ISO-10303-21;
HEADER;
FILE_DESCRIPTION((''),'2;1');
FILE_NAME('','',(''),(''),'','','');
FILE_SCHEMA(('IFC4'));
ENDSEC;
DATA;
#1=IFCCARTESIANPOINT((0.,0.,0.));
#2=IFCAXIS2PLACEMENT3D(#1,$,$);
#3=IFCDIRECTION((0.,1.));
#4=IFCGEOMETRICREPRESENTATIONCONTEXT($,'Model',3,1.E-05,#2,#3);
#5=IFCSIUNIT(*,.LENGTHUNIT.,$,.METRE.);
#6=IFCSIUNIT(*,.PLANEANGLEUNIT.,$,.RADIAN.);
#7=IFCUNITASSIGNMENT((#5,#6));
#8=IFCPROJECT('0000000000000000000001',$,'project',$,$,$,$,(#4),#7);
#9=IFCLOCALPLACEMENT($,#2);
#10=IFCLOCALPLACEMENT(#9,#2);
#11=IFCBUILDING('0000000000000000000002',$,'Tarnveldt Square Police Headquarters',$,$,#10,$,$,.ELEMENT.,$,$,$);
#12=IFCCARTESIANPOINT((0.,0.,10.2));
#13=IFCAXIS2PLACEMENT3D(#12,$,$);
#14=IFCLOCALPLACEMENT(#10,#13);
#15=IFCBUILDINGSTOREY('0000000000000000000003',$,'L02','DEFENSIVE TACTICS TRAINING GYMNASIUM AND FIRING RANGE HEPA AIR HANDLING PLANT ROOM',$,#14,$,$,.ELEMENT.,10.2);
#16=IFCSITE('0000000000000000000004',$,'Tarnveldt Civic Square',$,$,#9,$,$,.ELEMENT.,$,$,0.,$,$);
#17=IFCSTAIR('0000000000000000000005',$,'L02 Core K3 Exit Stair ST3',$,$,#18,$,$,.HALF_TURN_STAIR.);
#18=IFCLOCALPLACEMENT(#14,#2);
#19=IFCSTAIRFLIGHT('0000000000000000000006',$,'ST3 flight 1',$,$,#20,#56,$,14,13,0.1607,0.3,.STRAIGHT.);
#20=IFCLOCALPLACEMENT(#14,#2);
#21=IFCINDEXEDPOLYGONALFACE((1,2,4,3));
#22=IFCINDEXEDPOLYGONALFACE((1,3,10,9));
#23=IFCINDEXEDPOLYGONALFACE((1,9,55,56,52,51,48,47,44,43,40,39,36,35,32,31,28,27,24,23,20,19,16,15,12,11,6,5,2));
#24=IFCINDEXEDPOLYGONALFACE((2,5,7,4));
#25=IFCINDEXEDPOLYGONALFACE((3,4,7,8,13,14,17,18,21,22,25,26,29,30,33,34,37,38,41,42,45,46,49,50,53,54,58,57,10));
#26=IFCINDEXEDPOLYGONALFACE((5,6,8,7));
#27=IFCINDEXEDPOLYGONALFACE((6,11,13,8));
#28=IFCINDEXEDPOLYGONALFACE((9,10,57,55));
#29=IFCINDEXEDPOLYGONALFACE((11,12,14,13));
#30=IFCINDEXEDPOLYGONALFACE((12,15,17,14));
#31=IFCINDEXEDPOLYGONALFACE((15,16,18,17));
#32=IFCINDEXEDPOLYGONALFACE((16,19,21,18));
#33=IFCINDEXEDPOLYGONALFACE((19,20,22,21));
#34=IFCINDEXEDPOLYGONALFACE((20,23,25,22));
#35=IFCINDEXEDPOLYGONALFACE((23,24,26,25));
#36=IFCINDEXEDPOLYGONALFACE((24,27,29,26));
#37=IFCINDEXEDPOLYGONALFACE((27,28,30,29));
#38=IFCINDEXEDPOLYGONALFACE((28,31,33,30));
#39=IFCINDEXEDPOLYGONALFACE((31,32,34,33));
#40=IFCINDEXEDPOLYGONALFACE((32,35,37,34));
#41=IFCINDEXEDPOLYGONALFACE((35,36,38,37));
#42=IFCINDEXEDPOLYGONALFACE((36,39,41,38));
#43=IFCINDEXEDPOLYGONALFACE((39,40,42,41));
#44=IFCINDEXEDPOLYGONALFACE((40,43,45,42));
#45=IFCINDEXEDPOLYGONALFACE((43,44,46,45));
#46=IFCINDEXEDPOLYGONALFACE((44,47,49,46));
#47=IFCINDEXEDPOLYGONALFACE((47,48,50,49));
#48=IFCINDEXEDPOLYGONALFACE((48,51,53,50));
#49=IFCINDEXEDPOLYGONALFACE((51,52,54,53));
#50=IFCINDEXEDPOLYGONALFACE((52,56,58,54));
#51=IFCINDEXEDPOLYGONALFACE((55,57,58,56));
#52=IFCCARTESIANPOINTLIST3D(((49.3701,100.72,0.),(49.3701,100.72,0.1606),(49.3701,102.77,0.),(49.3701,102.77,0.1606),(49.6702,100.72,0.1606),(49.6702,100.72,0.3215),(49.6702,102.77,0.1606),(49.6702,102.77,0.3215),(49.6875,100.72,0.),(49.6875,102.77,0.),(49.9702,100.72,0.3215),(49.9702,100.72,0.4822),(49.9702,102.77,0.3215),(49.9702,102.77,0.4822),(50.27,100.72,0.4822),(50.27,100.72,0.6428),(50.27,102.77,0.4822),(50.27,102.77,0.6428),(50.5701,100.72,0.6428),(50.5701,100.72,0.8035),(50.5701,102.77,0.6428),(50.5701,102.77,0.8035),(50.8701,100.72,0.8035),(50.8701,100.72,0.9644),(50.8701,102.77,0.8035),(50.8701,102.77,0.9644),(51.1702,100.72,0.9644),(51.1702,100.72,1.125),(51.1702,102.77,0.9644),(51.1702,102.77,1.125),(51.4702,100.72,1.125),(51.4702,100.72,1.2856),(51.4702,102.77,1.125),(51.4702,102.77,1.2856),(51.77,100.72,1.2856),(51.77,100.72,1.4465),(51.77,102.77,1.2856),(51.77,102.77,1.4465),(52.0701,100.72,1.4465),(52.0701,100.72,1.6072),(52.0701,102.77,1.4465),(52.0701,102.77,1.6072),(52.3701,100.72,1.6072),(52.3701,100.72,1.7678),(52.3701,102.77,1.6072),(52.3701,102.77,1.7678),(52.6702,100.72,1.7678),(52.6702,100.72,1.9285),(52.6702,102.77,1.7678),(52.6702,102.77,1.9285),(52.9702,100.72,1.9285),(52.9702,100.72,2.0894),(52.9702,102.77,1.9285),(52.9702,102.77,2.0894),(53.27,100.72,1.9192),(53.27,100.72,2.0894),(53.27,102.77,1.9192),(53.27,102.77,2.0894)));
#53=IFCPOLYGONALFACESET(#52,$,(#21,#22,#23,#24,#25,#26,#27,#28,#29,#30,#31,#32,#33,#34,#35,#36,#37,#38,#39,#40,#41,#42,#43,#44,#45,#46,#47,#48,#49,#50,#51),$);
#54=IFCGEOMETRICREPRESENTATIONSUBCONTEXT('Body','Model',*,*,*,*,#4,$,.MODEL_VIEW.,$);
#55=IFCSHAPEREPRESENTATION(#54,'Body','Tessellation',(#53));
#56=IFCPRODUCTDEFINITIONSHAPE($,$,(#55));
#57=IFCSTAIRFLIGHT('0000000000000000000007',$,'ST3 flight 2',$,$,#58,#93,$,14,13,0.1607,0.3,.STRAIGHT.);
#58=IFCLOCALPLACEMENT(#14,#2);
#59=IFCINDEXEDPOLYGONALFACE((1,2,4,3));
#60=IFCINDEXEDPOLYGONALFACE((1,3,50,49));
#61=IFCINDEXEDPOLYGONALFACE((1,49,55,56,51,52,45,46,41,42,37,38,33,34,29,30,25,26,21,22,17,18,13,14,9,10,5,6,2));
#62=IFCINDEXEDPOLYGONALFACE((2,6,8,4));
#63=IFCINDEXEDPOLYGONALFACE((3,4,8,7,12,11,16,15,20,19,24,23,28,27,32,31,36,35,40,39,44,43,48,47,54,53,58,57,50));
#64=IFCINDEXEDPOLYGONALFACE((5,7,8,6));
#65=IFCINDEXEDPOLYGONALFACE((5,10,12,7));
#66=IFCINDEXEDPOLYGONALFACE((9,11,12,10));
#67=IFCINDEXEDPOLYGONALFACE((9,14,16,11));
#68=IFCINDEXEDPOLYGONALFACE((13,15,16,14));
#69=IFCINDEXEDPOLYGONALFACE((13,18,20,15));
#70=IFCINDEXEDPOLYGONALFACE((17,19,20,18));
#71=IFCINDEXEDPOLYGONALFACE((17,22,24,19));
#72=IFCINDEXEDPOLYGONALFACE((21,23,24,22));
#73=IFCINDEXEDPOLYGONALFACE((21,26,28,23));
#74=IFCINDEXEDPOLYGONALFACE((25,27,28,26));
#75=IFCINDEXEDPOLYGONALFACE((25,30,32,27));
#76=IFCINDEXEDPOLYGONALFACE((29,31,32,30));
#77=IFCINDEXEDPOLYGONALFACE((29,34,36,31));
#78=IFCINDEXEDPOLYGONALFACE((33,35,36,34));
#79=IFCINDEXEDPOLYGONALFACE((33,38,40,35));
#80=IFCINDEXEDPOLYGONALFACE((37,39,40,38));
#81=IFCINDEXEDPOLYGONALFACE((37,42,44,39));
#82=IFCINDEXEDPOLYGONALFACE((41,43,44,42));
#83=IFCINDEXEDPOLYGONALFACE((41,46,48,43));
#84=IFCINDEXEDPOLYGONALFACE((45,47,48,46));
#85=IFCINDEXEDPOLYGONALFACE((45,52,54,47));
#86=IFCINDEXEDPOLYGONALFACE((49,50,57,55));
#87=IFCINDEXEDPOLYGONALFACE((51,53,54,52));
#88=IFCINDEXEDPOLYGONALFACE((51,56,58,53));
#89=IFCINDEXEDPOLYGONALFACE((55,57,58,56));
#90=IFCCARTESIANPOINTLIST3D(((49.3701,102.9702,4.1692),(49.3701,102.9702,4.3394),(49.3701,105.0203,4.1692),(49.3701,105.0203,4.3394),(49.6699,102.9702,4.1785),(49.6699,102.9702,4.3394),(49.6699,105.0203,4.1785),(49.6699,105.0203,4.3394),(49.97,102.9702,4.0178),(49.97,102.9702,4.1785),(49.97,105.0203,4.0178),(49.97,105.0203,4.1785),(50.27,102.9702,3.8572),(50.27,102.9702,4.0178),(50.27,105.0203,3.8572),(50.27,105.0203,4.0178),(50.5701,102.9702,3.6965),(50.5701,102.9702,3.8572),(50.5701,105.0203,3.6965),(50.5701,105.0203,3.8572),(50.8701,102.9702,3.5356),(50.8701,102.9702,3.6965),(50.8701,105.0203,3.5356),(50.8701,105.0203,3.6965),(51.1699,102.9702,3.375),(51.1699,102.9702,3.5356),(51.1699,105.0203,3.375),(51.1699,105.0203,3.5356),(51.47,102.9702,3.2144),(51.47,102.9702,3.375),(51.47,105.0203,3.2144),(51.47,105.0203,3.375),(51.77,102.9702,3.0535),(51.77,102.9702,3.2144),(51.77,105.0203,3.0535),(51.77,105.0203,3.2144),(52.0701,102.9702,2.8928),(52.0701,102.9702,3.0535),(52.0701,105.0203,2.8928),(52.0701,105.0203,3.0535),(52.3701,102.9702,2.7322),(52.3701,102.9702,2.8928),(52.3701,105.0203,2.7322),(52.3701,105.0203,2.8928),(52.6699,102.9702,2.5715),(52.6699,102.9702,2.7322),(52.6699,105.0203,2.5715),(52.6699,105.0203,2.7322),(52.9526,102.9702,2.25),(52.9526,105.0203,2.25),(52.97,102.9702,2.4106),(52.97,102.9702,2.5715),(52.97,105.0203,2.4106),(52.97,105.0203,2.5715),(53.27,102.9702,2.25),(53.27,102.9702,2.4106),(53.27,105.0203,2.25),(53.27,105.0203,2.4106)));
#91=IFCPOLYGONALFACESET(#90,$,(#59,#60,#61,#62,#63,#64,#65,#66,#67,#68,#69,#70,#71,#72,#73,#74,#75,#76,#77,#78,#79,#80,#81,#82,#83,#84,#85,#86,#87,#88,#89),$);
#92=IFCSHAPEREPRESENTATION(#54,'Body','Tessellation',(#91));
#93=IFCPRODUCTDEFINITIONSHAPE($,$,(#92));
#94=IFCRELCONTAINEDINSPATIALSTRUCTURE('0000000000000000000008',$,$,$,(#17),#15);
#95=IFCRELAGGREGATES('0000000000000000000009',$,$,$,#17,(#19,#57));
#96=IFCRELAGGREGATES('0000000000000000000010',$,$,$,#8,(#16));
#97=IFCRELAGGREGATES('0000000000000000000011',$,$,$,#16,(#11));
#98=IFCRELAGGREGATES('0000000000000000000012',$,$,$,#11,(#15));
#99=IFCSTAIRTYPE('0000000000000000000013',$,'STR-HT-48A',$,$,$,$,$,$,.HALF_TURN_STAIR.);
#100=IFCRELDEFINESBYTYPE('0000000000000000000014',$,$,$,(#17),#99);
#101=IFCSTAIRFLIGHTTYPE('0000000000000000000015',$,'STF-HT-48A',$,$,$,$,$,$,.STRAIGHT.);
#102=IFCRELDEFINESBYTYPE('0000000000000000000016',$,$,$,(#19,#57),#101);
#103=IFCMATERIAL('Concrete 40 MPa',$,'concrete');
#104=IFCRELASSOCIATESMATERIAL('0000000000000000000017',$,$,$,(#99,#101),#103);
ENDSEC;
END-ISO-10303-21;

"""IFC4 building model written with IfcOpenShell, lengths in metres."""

from ifc_helpers import new_model, si_unit, direction, frame, origin, place, context, subcontext, project, spatial, polyline, outline, extrude, material, type_object, element, aggregate, save


model = new_model("IFC4")

# Units and contexts
model_context = context("Model", 3, precision=1e-05, world=origin(), true_north=direction((0.0, 1.0)))
body_context = subcontext(model_context, "Body", "Model", "MODEL_VIEW")
ifc_project = project(units=[si_unit("LENGTHUNIT", "METRE"), si_unit("PLANEANGLEUNIT", "RADIAN")], contexts=[model_context])

# Site, building, storey
site_placement = place(None, origin())
site = spatial("IfcSite", under=ifc_project, at=site_placement, Name="Tarnveldt Civic Square", CompositionType="ELEMENT", RefElevation=0.0)
building_placement = place(site_placement, origin())
building = spatial("IfcBuilding", under=site, at=building_placement, Name="Tarnveldt Square Police Headquarters", CompositionType="ELEMENT")
storey_placement = place(building_placement, frame((0.0, 0.0, 10.2)))
storey = spatial("IfcBuildingStorey", under=building, at=storey_placement, Name="L02", Description="DEFENSIVE TACTICS TRAINING GYMNASIUM AND FIRING RANGE HEPA AIR HANDLING PLANT ROOM", CompositionType="ELEMENT", Elevation=10.2)

# Shared definitions
ifc_material_1 = material(Name="Concrete 40 MPa", Category="concrete")

# Stair, stair flights
stair_type = type_object("IfcStairType", Name="STR-HT-48A", PredefinedType="HALF_TURN_STAIR", material=ifc_material_1)
stair_placement = place(storey_placement, origin())
stair = element("IfcStair", 1, at=stair_placement, inside=storey, type_object=stair_type, Name="L02 Core K3 Exit Stair ST3", PredefinedType="HALF_TURN_STAIR")
stair_flight_type = type_object("IfcStairFlightType", Name="STF-HT-48A", PredefinedType="STRAIGHT", material=ifc_material_1)
stair_flight_1_placement = place(storey_placement, frame((49.3701, 101.7451, 0.0), z_axis=(0.0, 0.0, 1.0), x_axis=(1.0, 0.0, 0.0)))
stair_flight_1 = element("IfcStairFlight", 2, at=stair_flight_1_placement, type_object=stair_flight_type, Name="ST3 flight 1", NumberOfRisers=14, NumberOfTreads=13, PredefinedType="STRAIGHT", RiserHeight=0.1607, TreadLength=0.3, context=body_context, shape_type="SweptSolid", body=[
    extrude(outline(polyline([(0.0, 0.0), (0.0, 0.1606), (0.3, 0.1606), (0.3, 0.3215), (0.6001, 0.3215), (0.6001, 0.4822), (0.8999, 0.4822), (0.8999, 0.6428), (1.2, 0.6428), (1.2, 0.8035), (1.5, 0.8035), (1.5, 0.9644), (1.8, 0.9644), (1.8, 1.125), (2.1001, 1.125), (2.1001, 1.2856), (2.3999, 1.2856), (2.3999, 1.4465), (2.7, 1.4465), (2.7, 1.6072), (3.0, 1.6072), (3.0, 1.7678), (3.3, 1.7678), (3.3, 1.9285), (3.6001, 1.9285), (3.6001, 2.0894), (3.8999, 2.0894), (3.8999, 2.25), (3.8999, 1.9192), (0.3174, 0.0), (0.0, 0.0)])), frame((0.0, 1.0249, 0.0), z_axis=(0.0, -1.0, 0.0), x_axis=(1.0, 0.0, 0.0)), (0.0, 0.0, 1.0), 2.05),
])
stair_flight_2_placement = place(storey_placement, frame((53.27, 103.9951, 2.25), z_axis=(0.0, 0.0, 1.0), x_axis=(-1.0, 0.0, 0.0)))
stair_flight_2 = element("IfcStairFlight", 3, at=stair_flight_2_placement, type_object=stair_flight_type, Name="ST3 flight 2", NumberOfRisers=14, NumberOfTreads=13, PredefinedType="STRAIGHT", RiserHeight=0.1607, TreadLength=0.3, context=body_context, shape_type="SweptSolid", body=[
    extrude(outline(polyline([(0.0, 0.0), (0.0, 0.1606), (0.3, 0.1606), (0.3, 0.3215), (0.6001, 0.3215), (0.6001, 0.4822), (0.8999, 0.4822), (0.8999, 0.6428), (1.2, 0.6428), (1.2, 0.8035), (1.5, 0.8035), (1.5, 0.9644), (1.8, 0.9644), (1.8, 1.125), (2.1001, 1.125), (2.1001, 1.2856), (2.3999, 1.2856), (2.3999, 1.4465), (2.7, 1.4465), (2.7, 1.6072), (3.0, 1.6072), (3.0, 1.7678), (3.3, 1.7678), (3.3, 1.9285), (3.6001, 1.9285), (3.6001, 2.0894), (3.8999, 2.0894), (3.8999, 2.25), (3.8999, 1.9192), (0.3174, 0.0), (0.0, 0.0)])), frame((0.0, 1.0249, 0.0), z_axis=(0.0, -1.0, 0.0), x_axis=(1.0, 0.0, 0.0)), (0.0, 0.0, 1.0), 2.05),
])
aggregate(stair, [stair_flight_1, stair_flight_2])

save(model, "model.ifc")
